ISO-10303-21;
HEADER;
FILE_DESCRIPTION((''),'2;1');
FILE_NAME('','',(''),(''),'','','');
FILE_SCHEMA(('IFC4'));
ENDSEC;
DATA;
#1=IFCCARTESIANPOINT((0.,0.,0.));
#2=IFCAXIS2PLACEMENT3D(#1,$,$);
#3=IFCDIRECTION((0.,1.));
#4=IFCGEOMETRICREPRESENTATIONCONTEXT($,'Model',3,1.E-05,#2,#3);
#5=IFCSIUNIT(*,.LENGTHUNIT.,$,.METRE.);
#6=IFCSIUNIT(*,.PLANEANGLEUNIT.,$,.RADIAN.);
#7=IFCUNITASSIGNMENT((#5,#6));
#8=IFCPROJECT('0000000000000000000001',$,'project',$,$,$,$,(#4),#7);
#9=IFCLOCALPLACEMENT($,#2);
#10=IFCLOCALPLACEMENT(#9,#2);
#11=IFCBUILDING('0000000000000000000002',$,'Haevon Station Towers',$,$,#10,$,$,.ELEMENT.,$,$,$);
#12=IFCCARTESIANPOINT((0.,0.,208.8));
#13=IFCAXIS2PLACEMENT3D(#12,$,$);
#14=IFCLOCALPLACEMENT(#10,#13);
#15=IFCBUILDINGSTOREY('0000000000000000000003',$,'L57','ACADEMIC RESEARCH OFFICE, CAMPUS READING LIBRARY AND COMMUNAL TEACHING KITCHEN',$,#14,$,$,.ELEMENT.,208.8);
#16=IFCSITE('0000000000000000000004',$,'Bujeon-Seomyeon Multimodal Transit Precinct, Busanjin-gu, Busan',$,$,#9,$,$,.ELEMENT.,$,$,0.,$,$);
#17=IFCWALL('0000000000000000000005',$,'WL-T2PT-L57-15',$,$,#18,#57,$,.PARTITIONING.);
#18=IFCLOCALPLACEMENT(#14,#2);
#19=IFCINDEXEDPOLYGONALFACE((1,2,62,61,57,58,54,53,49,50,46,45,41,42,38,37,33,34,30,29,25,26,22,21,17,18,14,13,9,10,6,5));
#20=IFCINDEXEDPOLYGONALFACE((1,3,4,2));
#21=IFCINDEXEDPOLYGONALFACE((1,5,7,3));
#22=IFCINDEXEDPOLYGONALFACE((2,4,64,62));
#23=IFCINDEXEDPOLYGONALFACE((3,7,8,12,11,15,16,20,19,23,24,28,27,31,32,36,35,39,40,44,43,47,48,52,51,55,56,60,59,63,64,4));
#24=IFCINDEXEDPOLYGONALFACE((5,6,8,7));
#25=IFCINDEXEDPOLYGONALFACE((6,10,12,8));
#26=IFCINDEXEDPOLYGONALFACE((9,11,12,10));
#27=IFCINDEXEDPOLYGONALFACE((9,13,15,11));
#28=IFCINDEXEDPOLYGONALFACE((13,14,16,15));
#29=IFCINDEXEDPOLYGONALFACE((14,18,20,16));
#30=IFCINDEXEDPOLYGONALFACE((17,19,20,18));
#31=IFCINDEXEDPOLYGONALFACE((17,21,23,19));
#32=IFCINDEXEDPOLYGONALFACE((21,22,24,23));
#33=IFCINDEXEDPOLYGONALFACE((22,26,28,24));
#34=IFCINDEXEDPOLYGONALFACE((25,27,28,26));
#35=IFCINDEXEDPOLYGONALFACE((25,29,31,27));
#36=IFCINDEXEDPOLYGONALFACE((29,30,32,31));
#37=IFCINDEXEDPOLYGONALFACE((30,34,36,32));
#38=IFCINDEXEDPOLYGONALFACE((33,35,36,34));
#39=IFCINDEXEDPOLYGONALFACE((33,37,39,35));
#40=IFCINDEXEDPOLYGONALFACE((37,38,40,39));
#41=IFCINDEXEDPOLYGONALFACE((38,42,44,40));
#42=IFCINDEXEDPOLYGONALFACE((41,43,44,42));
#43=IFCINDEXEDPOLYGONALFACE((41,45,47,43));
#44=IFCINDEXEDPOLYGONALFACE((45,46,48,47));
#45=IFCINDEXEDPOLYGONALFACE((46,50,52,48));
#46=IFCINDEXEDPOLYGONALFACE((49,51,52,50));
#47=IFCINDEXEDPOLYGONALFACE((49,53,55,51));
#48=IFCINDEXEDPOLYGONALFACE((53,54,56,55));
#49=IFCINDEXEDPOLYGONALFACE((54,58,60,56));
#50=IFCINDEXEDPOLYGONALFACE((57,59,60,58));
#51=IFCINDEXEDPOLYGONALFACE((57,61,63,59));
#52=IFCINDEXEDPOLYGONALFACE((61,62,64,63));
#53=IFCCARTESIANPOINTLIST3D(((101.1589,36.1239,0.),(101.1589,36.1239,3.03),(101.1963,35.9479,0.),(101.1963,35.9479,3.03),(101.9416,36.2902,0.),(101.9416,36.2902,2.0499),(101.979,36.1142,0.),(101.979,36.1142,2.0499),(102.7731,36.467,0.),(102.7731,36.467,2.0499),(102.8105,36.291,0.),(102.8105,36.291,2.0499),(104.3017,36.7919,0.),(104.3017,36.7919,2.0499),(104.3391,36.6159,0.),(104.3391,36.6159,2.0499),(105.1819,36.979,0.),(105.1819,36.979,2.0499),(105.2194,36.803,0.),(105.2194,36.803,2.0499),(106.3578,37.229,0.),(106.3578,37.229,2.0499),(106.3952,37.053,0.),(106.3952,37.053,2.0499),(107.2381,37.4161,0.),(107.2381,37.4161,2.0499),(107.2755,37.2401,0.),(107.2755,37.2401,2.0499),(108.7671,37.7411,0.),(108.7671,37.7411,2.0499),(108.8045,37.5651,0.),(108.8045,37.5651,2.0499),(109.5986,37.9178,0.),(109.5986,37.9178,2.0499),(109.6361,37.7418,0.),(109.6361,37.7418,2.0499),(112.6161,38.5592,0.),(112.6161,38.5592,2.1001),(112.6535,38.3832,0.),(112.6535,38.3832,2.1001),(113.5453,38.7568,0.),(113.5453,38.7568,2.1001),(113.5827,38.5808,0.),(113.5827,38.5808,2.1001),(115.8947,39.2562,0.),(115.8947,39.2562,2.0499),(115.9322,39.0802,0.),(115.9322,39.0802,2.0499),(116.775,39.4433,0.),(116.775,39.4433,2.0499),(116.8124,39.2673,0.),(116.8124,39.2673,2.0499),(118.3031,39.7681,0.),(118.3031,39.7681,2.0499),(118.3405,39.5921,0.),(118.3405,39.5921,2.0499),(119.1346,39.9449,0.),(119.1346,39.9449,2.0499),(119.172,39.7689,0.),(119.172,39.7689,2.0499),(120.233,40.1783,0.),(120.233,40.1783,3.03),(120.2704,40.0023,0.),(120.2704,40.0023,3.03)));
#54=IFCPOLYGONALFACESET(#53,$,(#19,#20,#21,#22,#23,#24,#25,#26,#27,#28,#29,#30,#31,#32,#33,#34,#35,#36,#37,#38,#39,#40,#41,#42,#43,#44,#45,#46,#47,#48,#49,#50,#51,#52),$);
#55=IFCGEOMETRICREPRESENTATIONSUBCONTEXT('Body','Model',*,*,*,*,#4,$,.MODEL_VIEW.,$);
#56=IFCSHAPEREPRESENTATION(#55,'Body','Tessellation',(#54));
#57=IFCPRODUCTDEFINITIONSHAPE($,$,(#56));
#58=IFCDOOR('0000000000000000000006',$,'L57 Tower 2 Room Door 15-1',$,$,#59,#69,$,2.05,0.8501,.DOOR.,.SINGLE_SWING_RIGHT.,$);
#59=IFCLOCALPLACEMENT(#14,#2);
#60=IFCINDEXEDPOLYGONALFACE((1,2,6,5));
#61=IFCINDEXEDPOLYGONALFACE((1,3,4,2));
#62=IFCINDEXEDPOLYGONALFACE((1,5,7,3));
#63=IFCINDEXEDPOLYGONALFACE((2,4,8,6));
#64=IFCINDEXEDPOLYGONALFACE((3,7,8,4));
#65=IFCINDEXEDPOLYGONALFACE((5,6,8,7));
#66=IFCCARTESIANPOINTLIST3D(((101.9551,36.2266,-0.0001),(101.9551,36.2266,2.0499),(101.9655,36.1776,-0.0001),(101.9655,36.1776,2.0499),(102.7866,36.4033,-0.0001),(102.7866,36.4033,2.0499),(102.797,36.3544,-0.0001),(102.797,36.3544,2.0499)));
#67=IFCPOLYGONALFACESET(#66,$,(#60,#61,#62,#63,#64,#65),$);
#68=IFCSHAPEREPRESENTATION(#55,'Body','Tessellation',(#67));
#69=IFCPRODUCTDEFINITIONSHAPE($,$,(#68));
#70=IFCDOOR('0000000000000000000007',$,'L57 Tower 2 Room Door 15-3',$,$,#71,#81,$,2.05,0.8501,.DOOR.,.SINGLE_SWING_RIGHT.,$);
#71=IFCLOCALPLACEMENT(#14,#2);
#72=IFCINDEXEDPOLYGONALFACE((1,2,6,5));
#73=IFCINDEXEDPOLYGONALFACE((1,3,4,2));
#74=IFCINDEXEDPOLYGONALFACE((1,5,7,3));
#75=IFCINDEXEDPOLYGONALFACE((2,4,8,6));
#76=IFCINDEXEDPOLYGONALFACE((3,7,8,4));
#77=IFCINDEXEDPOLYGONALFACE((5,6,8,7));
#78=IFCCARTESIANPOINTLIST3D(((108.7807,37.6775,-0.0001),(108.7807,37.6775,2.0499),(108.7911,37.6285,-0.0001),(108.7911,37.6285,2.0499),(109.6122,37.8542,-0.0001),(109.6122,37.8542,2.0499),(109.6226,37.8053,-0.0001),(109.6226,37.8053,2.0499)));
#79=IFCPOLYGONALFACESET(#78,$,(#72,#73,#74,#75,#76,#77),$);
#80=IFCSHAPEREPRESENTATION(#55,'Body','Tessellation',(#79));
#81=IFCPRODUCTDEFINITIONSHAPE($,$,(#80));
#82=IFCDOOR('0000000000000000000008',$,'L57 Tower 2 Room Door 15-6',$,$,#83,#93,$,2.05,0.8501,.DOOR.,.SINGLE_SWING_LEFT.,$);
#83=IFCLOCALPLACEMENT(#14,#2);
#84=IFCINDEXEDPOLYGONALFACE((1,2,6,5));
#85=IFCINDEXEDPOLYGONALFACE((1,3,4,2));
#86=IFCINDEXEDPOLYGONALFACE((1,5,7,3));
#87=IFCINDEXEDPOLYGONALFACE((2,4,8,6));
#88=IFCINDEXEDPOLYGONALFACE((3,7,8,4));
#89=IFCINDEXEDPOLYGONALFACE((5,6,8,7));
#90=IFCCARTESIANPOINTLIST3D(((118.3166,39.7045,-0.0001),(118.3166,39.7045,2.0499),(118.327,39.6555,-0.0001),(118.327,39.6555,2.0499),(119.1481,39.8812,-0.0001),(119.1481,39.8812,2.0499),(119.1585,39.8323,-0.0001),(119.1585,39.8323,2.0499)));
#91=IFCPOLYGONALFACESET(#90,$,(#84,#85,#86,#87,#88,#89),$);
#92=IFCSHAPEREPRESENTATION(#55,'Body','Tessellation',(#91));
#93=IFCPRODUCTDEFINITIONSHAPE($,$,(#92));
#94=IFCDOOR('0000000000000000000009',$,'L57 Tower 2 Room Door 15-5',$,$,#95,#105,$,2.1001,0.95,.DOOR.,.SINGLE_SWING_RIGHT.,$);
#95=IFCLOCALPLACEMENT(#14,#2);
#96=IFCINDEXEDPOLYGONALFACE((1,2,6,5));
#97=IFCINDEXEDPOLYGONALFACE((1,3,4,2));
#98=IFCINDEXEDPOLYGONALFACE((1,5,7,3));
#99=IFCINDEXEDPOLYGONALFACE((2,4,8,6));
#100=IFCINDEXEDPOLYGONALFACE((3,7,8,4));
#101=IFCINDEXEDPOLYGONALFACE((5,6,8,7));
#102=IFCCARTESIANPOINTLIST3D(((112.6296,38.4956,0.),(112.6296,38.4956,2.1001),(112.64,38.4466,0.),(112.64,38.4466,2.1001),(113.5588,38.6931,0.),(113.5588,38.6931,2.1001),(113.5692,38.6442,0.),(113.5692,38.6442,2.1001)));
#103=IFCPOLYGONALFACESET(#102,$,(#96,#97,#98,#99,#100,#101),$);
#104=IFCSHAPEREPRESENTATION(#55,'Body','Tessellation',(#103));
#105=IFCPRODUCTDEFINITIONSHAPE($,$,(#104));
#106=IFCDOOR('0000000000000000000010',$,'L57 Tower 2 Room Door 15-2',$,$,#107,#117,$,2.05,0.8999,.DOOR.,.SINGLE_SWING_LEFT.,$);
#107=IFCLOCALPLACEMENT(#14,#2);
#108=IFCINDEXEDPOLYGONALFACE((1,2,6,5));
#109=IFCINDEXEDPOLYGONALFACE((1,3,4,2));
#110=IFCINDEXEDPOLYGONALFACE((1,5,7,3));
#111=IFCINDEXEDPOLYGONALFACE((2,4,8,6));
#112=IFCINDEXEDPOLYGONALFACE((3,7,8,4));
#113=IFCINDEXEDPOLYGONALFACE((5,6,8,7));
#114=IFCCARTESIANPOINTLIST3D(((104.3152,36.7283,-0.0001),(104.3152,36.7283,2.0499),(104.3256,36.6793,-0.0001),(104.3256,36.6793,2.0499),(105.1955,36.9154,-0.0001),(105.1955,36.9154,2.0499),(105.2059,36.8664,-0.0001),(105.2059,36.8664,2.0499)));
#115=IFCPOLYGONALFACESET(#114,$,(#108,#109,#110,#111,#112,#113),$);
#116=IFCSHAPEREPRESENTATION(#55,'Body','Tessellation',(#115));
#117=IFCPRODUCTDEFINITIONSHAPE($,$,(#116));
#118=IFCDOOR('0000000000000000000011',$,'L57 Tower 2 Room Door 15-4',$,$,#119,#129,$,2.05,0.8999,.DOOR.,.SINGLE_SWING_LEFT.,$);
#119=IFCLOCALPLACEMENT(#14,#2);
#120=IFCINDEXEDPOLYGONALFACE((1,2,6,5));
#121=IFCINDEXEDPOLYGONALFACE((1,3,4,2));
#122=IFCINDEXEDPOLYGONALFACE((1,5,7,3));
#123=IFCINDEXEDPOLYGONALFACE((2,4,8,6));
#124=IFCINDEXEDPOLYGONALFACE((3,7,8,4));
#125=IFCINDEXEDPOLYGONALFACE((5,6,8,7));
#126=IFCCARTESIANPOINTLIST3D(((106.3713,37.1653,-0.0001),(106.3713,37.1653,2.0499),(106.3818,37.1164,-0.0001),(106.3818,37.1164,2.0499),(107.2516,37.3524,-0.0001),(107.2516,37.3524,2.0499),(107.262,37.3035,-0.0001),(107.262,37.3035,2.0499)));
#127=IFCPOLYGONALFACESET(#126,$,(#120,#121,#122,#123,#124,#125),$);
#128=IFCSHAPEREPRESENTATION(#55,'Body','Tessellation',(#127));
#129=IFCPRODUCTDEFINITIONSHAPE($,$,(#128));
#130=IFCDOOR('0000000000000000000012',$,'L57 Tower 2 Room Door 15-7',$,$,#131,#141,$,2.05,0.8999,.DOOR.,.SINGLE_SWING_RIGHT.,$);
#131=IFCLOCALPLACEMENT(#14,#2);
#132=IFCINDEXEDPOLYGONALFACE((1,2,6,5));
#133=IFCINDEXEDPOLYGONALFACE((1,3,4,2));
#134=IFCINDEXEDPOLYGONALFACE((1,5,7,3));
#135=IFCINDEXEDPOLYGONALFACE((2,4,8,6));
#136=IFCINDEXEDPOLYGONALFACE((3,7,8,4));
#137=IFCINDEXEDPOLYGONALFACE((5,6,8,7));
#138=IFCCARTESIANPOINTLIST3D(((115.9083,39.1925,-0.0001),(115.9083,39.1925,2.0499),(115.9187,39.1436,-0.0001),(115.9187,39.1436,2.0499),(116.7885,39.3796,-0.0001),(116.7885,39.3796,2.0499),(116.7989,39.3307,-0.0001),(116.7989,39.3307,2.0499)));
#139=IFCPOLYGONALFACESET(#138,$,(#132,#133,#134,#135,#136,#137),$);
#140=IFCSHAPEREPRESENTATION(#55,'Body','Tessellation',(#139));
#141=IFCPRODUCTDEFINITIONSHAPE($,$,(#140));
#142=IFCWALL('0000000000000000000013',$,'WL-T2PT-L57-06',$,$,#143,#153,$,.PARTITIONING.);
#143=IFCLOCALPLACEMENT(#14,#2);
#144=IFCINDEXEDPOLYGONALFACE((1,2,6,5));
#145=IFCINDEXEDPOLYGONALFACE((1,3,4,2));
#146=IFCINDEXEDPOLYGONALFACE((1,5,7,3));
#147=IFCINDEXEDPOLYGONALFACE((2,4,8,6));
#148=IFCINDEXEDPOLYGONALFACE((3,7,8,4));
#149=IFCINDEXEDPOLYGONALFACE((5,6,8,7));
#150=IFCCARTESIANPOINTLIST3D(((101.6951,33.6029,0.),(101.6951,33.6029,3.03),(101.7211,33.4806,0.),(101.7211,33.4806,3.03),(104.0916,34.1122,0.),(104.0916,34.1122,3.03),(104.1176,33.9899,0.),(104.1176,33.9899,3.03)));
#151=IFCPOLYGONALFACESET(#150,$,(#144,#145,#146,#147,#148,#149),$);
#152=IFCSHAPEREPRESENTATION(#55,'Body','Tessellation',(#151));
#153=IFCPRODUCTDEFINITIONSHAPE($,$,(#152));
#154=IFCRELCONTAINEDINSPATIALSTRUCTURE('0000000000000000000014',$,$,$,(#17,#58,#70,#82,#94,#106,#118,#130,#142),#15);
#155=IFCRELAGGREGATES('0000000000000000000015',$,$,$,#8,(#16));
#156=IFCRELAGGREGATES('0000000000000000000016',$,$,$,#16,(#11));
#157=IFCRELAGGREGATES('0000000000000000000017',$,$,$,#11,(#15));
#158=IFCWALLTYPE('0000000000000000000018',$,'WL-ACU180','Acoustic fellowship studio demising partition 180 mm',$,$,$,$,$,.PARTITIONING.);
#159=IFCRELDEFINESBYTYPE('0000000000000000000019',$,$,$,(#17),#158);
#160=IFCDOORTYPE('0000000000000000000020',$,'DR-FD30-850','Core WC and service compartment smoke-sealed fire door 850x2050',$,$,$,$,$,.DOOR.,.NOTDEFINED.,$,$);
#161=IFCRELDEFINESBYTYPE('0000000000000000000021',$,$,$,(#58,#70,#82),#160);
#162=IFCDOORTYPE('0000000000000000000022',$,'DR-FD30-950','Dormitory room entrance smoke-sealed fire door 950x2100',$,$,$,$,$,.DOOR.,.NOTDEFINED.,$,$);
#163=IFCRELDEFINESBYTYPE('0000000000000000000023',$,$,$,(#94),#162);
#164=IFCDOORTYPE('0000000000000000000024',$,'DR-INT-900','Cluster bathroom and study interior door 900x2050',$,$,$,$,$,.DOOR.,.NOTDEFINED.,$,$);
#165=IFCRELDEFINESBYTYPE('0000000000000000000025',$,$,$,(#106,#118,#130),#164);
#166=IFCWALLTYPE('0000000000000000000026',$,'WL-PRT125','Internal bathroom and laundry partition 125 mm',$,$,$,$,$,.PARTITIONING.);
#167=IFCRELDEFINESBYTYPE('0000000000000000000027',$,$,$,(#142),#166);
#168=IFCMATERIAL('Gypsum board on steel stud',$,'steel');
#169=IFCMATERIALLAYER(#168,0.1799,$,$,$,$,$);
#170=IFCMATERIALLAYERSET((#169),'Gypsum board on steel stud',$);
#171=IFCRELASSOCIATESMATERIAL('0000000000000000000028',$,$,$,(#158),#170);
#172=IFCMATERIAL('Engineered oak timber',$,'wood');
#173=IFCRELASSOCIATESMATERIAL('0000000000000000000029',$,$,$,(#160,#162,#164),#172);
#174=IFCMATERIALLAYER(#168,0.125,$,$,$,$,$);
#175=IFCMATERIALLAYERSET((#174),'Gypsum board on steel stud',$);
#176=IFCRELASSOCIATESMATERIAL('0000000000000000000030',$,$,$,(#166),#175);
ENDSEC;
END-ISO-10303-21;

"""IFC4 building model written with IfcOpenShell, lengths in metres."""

from ifc_helpers import new_model, si_unit, direction, frame, frame_2d, origin, place, context, subcontext, project, spatial, rectangle, extrude, material, layer, layer_set, type_object, element, fill, save


model = new_model("IFC4")

# Units and contexts
model_context = context("Model", 3, precision=1e-05, world=origin(), true_north=direction((0.0, 1.0)))
body_context = subcontext(model_context, "Body", "Model", "MODEL_VIEW")
ifc_project = project(units=[si_unit("LENGTHUNIT", "METRE"), si_unit("PLANEANGLEUNIT", "RADIAN")], contexts=[model_context])

# Site, building, storey
site_placement = place(None, origin())
site = spatial("IfcSite", under=ifc_project, at=site_placement, Name="Bujeon-Seomyeon Multimodal Transit Precinct, Busanjin-gu, Busan", CompositionType="ELEMENT", RefElevation=0.0)
building_placement = place(site_placement, origin())
building = spatial("IfcBuilding", under=site, at=building_placement, Name="Haevon Station Towers", CompositionType="ELEMENT")
storey_placement = place(building_placement, frame((0.0, 0.0, 208.8)))
storey = spatial("IfcBuildingStorey", under=building, at=storey_placement, Name="L57", Description="ACADEMIC RESEARCH OFFICE, CAMPUS READING LIBRARY AND COMMUNAL TEACHING KITCHEN", CompositionType="ELEMENT", Elevation=208.8)

# Wall, openings, doors
ifc_material_1 = material(Name="Gypsum board on steel stud", Category="steel")
ifc_layer_1 = layer(ifc_material_1, 0.1799)
ifc_layer_set_1 = layer_set([ifc_layer_1], Name="Gypsum board on steel stud")
wall_type_1 = type_object("IfcWallType", Name="WL-ACU180", Description="Acoustic fellowship studio demising partition 180 mm", PredefinedType="PARTITIONING", material=ifc_layer_set_1)
wall_1_placement = place(storey_placement, frame((101.1777, 36.0359, 0.0), z_axis=(0.0, 0.0, 1.0), x_axis=(0.978146, 0.207919, 0.0)))
wall_1 = element("IfcWall", 1, at=wall_1_placement, inside=storey, type_object=wall_type_1, Name="WL-T2PT-L57-15", PredefinedType="PARTITIONING", context=body_context, shape_type="SweptSolid", body=[
    extrude(rectangle(XDim=19.5002, YDim=0.1799, at=frame_2d((9.75, 0.0))), origin(), (0.0, 0.0, 1.0), 3.03),
])
opening_1_placement = place(wall_1_placement, frame((0.8, 0.0, 0.0)))
opening_1 = element("IfcOpeningElement", 2, at=opening_1_placement, cuts=wall_1, PredefinedType="OPENING", context=body_context, shape_type="SweptSolid", body=[
    extrude(rectangle(XDim=0.8501, YDim=2.05, at=frame_2d((0.425, 1.0249))), frame((0.0, 0.0999, 0.0), z_axis=(0.0, -1.0, 0.0), x_axis=(1.0, 0.0, 0.0)), (0.0, 0.0, 1.0), 0.2),
])
opening_2_placement = place(wall_1_placement, frame((3.2129, 0.0, 0.0)))
opening_2 = element("IfcOpeningElement", 3, at=opening_2_placement, cuts=wall_1, PredefinedType="OPENING", context=body_context, shape_type="SweptSolid", body=[
    extrude(rectangle(XDim=0.8999, YDim=2.05, at=frame_2d((0.45, 1.0249))), frame((0.0, 0.0999, 0.0), z_axis=(0.0, -1.0, 0.0), x_axis=(1.0, 0.0, 0.0)), (0.0, 0.0, 1.0), 0.2),
])
opening_3_placement = place(wall_1_placement, frame((7.7781, 0.0, 0.0)))
opening_3 = element("IfcOpeningElement", 4, at=opening_3_placement, cuts=wall_1, PredefinedType="OPENING", context=body_context, shape_type="SweptSolid", body=[
    extrude(rectangle(XDim=0.8501, YDim=2.05, at=frame_2d((0.425, 1.0249))), frame((0.0, 0.0999, 0.0), z_axis=(0.0, -1.0, 0.0), x_axis=(1.0, 0.0, 0.0)), (0.0, 0.0, 1.0), 0.2),
])
opening_4_placement = place(wall_1_placement, frame((5.3149, 0.0, 0.0)))
opening_4 = element("IfcOpeningElement", 5, at=opening_4_placement, cuts=wall_1, PredefinedType="OPENING", context=body_context, shape_type="SweptSolid", body=[
    extrude(rectangle(XDim=0.8999, YDim=2.05, at=frame_2d((0.45, 1.0249))), frame((0.0, 0.0999, 0.0), z_axis=(0.0, -1.0, 0.0), x_axis=(1.0, 0.0, 0.0)), (0.0, 0.0, 1.0), 0.2),
])
opening_5_placement = place(wall_1_placement, frame((11.7129, 0.0, 0.0)))
opening_5 = element("IfcOpeningElement", 6, at=opening_5_placement, cuts=wall_1, PredefinedType="OPENING", context=body_context, shape_type="SweptSolid", body=[
    extrude(rectangle(XDim=0.95, YDim=2.1001, at=frame_2d((0.4751, 1.05))), frame((0.0, 0.0999, 0.0), z_axis=(0.0, -1.0, 0.0), x_axis=(1.0, 0.0, 0.0)), (0.0, 0.0, 1.0), 0.2),
])
opening_6_placement = place(wall_1_placement, frame((17.5271, 0.0, 0.0)))
opening_6 = element("IfcOpeningElement", 7, at=opening_6_placement, cuts=wall_1, PredefinedType="OPENING", context=body_context, shape_type="SweptSolid", body=[
    extrude(rectangle(XDim=0.8501, YDim=2.05, at=frame_2d((0.425, 1.0249))), frame((0.0, 0.0999, 0.0), z_axis=(0.0, -1.0, 0.0), x_axis=(1.0, 0.0, 0.0)), (0.0, 0.0, 1.0), 0.2),
])
opening_7_placement = place(wall_1_placement, frame((15.0649, 0.0, 0.0)))
opening_7 = element("IfcOpeningElement", 8, at=opening_7_placement, cuts=wall_1, PredefinedType="OPENING", context=body_context, shape_type="SweptSolid", body=[
    extrude(rectangle(XDim=0.8999, YDim=2.05, at=frame_2d((0.45, 1.0249))), frame((0.0, 0.0999, 0.0), z_axis=(0.0, -1.0, 0.0), x_axis=(1.0, 0.0, 0.0)), (0.0, 0.0, 1.0), 0.2),
])
ifc_material_2 = material(Name="Engineered oak timber", Category="wood")
door_type_1 = type_object("IfcDoorType", Name="DR-FD30-850", Description="Core WC and service compartment smoke-sealed fire door 850x2050", OperationType="NOTDEFINED", PredefinedType="DOOR", material=ifc_material_2)
door_1_placement = place(opening_1_placement, origin())
door_1 = element("IfcDoor", 9, at=door_1_placement, inside=storey, type_object=door_type_1, Name="L57 Tower 2 Room Door 15-1", OperationType="SINGLE_SWING_RIGHT", OverallHeight=2.05, OverallWidth=0.8501, PredefinedType="DOOR", context=body_context, shape_type="SweptSolid", body=[
    extrude(rectangle(XDim=0.8501, YDim=2.05, at=frame_2d((0.425, 1.0249))), frame((0.0, 0.0249, 0.0), z_axis=(0.0, -1.0, 0.0), x_axis=(1.0, 0.0, 0.0)), (0.0, 0.0, 1.0), 0.05),
])
fill(opening_1, door_1)
door_2_placement = place(opening_3_placement, origin())
door_2 = element("IfcDoor", 10, at=door_2_placement, inside=storey, type_object=door_type_1, Name="L57 Tower 2 Room Door 15-3", OperationType="SINGLE_SWING_RIGHT", OverallHeight=2.05, OverallWidth=0.8501, PredefinedType="DOOR", context=body_context, shape_type="SweptSolid", body=[
    extrude(rectangle(XDim=0.8501, YDim=2.05, at=frame_2d((0.425, 1.0249))), frame((0.0, 0.0249, 0.0), z_axis=(0.0, -1.0, 0.0), x_axis=(1.0, 0.0, 0.0)), (0.0, 0.0, 1.0), 0.05),
])
fill(opening_3, door_2)
door_3_placement = place(opening_6_placement, origin())
door_3 = element("IfcDoor", 11, at=door_3_placement, inside=storey, type_object=door_type_1, Name="L57 Tower 2 Room Door 15-6", OperationType="SINGLE_SWING_LEFT", OverallHeight=2.05, OverallWidth=0.8501, PredefinedType="DOOR", context=body_context, shape_type="SweptSolid", body=[
    extrude(rectangle(XDim=0.8501, YDim=2.05, at=frame_2d((0.425, 1.0249))), frame((0.0, 0.0249, 0.0), z_axis=(0.0, -1.0, 0.0), x_axis=(1.0, 0.0, 0.0)), (0.0, 0.0, 1.0), 0.05),
])
fill(opening_6, door_3)
door_type_2 = type_object("IfcDoorType", Name="DR-FD30-950", Description="Dormitory room entrance smoke-sealed fire door 950x2100", OperationType="NOTDEFINED", PredefinedType="DOOR", material=ifc_material_2)
door_4_placement = place(opening_5_placement, origin())
door_4 = element("IfcDoor", 12, at=door_4_placement, inside=storey, type_object=door_type_2, Name="L57 Tower 2 Room Door 15-5", OperationType="SINGLE_SWING_RIGHT", OverallHeight=2.1001, OverallWidth=0.95, PredefinedType="DOOR", context=body_context, shape_type="SweptSolid", body=[
    extrude(rectangle(XDim=0.95, YDim=2.1001, at=frame_2d((0.4751, 1.05))), frame((0.0, 0.0249, 0.0), z_axis=(0.0, -1.0, 0.0), x_axis=(1.0, 0.0, 0.0)), (0.0, 0.0, 1.0), 0.05),
])
fill(opening_5, door_4)
door_type_3 = type_object("IfcDoorType", Name="DR-INT-900", Description="Cluster bathroom and study interior door 900x2050", OperationType="NOTDEFINED", PredefinedType="DOOR", material=ifc_material_2)
door_5_placement = place(opening_2_placement, origin())
door_5 = element("IfcDoor", 13, at=door_5_placement, inside=storey, type_object=door_type_3, Name="L57 Tower 2 Room Door 15-2", OperationType="SINGLE_SWING_LEFT", OverallHeight=2.05, OverallWidth=0.8999, PredefinedType="DOOR", context=body_context, shape_type="SweptSolid", body=[
    extrude(rectangle(XDim=0.8999, YDim=2.05, at=frame_2d((0.45, 1.0249))), frame((0.0, 0.0249, 0.0), z_axis=(0.0, -1.0, 0.0), x_axis=(1.0, 0.0, 0.0)), (0.0, 0.0, 1.0), 0.05),
])
fill(opening_2, door_5)
door_6_placement = place(opening_4_placement, origin())
door_6 = element("IfcDoor", 14, at=door_6_placement, inside=storey, type_object=door_type_3, Name="L57 Tower 2 Room Door 15-4", OperationType="SINGLE_SWING_LEFT", OverallHeight=2.05, OverallWidth=0.8999, PredefinedType="DOOR", context=body_context, shape_type="SweptSolid", body=[
    extrude(rectangle(XDim=0.8999, YDim=2.05, at=frame_2d((0.45, 1.0249))), frame((0.0, 0.0249, 0.0), z_axis=(0.0, -1.0, 0.0), x_axis=(1.0, 0.0, 0.0)), (0.0, 0.0, 1.0), 0.05),
])
fill(opening_4, door_6)
door_7_placement = place(opening_7_placement, origin())
door_7 = element("IfcDoor", 15, at=door_7_placement, inside=storey, type_object=door_type_3, Name="L57 Tower 2 Room Door 15-7", OperationType="SINGLE_SWING_RIGHT", OverallHeight=2.05, OverallWidth=0.8999, PredefinedType="DOOR", context=body_context, shape_type="SweptSolid", body=[
    extrude(rectangle(XDim=0.8999, YDim=2.05, at=frame_2d((0.45, 1.0249))), frame((0.0, 0.0249, 0.0), z_axis=(0.0, -1.0, 0.0), x_axis=(1.0, 0.0, 0.0)), (0.0, 0.0, 1.0), 0.05),
])
fill(opening_7, door_7)

# Wall
ifc_layer_2 = layer(ifc_material_1, 0.125)
ifc_layer_set_2 = layer_set([ifc_layer_2], Name="Gypsum board on steel stud")
wall_type_2 = type_object("IfcWallType", Name="WL-PRT125", Description="Internal bathroom and laundry partition 125 mm", PredefinedType="PARTITIONING", material=ifc_layer_set_2)
wall_2_placement = place(storey_placement, frame((101.708, 33.5417, 0.0), z_axis=(0.0, 0.0, 1.0), x_axis=(0.978157, 0.207868, 0.0)))
element("IfcWall", 16, at=wall_2_placement, inside=storey, type_object=wall_type_2, Name="WL-T2PT-L57-06", PredefinedType="PARTITIONING", context=body_context, shape_type="SweptSolid", body=[
    extrude(rectangle(XDim=2.45, YDim=0.125, at=frame_2d((1.2251, 0.0))), origin(), (0.0, 0.0, 1.0), 3.03),
])

save(model, "model.ifc")
